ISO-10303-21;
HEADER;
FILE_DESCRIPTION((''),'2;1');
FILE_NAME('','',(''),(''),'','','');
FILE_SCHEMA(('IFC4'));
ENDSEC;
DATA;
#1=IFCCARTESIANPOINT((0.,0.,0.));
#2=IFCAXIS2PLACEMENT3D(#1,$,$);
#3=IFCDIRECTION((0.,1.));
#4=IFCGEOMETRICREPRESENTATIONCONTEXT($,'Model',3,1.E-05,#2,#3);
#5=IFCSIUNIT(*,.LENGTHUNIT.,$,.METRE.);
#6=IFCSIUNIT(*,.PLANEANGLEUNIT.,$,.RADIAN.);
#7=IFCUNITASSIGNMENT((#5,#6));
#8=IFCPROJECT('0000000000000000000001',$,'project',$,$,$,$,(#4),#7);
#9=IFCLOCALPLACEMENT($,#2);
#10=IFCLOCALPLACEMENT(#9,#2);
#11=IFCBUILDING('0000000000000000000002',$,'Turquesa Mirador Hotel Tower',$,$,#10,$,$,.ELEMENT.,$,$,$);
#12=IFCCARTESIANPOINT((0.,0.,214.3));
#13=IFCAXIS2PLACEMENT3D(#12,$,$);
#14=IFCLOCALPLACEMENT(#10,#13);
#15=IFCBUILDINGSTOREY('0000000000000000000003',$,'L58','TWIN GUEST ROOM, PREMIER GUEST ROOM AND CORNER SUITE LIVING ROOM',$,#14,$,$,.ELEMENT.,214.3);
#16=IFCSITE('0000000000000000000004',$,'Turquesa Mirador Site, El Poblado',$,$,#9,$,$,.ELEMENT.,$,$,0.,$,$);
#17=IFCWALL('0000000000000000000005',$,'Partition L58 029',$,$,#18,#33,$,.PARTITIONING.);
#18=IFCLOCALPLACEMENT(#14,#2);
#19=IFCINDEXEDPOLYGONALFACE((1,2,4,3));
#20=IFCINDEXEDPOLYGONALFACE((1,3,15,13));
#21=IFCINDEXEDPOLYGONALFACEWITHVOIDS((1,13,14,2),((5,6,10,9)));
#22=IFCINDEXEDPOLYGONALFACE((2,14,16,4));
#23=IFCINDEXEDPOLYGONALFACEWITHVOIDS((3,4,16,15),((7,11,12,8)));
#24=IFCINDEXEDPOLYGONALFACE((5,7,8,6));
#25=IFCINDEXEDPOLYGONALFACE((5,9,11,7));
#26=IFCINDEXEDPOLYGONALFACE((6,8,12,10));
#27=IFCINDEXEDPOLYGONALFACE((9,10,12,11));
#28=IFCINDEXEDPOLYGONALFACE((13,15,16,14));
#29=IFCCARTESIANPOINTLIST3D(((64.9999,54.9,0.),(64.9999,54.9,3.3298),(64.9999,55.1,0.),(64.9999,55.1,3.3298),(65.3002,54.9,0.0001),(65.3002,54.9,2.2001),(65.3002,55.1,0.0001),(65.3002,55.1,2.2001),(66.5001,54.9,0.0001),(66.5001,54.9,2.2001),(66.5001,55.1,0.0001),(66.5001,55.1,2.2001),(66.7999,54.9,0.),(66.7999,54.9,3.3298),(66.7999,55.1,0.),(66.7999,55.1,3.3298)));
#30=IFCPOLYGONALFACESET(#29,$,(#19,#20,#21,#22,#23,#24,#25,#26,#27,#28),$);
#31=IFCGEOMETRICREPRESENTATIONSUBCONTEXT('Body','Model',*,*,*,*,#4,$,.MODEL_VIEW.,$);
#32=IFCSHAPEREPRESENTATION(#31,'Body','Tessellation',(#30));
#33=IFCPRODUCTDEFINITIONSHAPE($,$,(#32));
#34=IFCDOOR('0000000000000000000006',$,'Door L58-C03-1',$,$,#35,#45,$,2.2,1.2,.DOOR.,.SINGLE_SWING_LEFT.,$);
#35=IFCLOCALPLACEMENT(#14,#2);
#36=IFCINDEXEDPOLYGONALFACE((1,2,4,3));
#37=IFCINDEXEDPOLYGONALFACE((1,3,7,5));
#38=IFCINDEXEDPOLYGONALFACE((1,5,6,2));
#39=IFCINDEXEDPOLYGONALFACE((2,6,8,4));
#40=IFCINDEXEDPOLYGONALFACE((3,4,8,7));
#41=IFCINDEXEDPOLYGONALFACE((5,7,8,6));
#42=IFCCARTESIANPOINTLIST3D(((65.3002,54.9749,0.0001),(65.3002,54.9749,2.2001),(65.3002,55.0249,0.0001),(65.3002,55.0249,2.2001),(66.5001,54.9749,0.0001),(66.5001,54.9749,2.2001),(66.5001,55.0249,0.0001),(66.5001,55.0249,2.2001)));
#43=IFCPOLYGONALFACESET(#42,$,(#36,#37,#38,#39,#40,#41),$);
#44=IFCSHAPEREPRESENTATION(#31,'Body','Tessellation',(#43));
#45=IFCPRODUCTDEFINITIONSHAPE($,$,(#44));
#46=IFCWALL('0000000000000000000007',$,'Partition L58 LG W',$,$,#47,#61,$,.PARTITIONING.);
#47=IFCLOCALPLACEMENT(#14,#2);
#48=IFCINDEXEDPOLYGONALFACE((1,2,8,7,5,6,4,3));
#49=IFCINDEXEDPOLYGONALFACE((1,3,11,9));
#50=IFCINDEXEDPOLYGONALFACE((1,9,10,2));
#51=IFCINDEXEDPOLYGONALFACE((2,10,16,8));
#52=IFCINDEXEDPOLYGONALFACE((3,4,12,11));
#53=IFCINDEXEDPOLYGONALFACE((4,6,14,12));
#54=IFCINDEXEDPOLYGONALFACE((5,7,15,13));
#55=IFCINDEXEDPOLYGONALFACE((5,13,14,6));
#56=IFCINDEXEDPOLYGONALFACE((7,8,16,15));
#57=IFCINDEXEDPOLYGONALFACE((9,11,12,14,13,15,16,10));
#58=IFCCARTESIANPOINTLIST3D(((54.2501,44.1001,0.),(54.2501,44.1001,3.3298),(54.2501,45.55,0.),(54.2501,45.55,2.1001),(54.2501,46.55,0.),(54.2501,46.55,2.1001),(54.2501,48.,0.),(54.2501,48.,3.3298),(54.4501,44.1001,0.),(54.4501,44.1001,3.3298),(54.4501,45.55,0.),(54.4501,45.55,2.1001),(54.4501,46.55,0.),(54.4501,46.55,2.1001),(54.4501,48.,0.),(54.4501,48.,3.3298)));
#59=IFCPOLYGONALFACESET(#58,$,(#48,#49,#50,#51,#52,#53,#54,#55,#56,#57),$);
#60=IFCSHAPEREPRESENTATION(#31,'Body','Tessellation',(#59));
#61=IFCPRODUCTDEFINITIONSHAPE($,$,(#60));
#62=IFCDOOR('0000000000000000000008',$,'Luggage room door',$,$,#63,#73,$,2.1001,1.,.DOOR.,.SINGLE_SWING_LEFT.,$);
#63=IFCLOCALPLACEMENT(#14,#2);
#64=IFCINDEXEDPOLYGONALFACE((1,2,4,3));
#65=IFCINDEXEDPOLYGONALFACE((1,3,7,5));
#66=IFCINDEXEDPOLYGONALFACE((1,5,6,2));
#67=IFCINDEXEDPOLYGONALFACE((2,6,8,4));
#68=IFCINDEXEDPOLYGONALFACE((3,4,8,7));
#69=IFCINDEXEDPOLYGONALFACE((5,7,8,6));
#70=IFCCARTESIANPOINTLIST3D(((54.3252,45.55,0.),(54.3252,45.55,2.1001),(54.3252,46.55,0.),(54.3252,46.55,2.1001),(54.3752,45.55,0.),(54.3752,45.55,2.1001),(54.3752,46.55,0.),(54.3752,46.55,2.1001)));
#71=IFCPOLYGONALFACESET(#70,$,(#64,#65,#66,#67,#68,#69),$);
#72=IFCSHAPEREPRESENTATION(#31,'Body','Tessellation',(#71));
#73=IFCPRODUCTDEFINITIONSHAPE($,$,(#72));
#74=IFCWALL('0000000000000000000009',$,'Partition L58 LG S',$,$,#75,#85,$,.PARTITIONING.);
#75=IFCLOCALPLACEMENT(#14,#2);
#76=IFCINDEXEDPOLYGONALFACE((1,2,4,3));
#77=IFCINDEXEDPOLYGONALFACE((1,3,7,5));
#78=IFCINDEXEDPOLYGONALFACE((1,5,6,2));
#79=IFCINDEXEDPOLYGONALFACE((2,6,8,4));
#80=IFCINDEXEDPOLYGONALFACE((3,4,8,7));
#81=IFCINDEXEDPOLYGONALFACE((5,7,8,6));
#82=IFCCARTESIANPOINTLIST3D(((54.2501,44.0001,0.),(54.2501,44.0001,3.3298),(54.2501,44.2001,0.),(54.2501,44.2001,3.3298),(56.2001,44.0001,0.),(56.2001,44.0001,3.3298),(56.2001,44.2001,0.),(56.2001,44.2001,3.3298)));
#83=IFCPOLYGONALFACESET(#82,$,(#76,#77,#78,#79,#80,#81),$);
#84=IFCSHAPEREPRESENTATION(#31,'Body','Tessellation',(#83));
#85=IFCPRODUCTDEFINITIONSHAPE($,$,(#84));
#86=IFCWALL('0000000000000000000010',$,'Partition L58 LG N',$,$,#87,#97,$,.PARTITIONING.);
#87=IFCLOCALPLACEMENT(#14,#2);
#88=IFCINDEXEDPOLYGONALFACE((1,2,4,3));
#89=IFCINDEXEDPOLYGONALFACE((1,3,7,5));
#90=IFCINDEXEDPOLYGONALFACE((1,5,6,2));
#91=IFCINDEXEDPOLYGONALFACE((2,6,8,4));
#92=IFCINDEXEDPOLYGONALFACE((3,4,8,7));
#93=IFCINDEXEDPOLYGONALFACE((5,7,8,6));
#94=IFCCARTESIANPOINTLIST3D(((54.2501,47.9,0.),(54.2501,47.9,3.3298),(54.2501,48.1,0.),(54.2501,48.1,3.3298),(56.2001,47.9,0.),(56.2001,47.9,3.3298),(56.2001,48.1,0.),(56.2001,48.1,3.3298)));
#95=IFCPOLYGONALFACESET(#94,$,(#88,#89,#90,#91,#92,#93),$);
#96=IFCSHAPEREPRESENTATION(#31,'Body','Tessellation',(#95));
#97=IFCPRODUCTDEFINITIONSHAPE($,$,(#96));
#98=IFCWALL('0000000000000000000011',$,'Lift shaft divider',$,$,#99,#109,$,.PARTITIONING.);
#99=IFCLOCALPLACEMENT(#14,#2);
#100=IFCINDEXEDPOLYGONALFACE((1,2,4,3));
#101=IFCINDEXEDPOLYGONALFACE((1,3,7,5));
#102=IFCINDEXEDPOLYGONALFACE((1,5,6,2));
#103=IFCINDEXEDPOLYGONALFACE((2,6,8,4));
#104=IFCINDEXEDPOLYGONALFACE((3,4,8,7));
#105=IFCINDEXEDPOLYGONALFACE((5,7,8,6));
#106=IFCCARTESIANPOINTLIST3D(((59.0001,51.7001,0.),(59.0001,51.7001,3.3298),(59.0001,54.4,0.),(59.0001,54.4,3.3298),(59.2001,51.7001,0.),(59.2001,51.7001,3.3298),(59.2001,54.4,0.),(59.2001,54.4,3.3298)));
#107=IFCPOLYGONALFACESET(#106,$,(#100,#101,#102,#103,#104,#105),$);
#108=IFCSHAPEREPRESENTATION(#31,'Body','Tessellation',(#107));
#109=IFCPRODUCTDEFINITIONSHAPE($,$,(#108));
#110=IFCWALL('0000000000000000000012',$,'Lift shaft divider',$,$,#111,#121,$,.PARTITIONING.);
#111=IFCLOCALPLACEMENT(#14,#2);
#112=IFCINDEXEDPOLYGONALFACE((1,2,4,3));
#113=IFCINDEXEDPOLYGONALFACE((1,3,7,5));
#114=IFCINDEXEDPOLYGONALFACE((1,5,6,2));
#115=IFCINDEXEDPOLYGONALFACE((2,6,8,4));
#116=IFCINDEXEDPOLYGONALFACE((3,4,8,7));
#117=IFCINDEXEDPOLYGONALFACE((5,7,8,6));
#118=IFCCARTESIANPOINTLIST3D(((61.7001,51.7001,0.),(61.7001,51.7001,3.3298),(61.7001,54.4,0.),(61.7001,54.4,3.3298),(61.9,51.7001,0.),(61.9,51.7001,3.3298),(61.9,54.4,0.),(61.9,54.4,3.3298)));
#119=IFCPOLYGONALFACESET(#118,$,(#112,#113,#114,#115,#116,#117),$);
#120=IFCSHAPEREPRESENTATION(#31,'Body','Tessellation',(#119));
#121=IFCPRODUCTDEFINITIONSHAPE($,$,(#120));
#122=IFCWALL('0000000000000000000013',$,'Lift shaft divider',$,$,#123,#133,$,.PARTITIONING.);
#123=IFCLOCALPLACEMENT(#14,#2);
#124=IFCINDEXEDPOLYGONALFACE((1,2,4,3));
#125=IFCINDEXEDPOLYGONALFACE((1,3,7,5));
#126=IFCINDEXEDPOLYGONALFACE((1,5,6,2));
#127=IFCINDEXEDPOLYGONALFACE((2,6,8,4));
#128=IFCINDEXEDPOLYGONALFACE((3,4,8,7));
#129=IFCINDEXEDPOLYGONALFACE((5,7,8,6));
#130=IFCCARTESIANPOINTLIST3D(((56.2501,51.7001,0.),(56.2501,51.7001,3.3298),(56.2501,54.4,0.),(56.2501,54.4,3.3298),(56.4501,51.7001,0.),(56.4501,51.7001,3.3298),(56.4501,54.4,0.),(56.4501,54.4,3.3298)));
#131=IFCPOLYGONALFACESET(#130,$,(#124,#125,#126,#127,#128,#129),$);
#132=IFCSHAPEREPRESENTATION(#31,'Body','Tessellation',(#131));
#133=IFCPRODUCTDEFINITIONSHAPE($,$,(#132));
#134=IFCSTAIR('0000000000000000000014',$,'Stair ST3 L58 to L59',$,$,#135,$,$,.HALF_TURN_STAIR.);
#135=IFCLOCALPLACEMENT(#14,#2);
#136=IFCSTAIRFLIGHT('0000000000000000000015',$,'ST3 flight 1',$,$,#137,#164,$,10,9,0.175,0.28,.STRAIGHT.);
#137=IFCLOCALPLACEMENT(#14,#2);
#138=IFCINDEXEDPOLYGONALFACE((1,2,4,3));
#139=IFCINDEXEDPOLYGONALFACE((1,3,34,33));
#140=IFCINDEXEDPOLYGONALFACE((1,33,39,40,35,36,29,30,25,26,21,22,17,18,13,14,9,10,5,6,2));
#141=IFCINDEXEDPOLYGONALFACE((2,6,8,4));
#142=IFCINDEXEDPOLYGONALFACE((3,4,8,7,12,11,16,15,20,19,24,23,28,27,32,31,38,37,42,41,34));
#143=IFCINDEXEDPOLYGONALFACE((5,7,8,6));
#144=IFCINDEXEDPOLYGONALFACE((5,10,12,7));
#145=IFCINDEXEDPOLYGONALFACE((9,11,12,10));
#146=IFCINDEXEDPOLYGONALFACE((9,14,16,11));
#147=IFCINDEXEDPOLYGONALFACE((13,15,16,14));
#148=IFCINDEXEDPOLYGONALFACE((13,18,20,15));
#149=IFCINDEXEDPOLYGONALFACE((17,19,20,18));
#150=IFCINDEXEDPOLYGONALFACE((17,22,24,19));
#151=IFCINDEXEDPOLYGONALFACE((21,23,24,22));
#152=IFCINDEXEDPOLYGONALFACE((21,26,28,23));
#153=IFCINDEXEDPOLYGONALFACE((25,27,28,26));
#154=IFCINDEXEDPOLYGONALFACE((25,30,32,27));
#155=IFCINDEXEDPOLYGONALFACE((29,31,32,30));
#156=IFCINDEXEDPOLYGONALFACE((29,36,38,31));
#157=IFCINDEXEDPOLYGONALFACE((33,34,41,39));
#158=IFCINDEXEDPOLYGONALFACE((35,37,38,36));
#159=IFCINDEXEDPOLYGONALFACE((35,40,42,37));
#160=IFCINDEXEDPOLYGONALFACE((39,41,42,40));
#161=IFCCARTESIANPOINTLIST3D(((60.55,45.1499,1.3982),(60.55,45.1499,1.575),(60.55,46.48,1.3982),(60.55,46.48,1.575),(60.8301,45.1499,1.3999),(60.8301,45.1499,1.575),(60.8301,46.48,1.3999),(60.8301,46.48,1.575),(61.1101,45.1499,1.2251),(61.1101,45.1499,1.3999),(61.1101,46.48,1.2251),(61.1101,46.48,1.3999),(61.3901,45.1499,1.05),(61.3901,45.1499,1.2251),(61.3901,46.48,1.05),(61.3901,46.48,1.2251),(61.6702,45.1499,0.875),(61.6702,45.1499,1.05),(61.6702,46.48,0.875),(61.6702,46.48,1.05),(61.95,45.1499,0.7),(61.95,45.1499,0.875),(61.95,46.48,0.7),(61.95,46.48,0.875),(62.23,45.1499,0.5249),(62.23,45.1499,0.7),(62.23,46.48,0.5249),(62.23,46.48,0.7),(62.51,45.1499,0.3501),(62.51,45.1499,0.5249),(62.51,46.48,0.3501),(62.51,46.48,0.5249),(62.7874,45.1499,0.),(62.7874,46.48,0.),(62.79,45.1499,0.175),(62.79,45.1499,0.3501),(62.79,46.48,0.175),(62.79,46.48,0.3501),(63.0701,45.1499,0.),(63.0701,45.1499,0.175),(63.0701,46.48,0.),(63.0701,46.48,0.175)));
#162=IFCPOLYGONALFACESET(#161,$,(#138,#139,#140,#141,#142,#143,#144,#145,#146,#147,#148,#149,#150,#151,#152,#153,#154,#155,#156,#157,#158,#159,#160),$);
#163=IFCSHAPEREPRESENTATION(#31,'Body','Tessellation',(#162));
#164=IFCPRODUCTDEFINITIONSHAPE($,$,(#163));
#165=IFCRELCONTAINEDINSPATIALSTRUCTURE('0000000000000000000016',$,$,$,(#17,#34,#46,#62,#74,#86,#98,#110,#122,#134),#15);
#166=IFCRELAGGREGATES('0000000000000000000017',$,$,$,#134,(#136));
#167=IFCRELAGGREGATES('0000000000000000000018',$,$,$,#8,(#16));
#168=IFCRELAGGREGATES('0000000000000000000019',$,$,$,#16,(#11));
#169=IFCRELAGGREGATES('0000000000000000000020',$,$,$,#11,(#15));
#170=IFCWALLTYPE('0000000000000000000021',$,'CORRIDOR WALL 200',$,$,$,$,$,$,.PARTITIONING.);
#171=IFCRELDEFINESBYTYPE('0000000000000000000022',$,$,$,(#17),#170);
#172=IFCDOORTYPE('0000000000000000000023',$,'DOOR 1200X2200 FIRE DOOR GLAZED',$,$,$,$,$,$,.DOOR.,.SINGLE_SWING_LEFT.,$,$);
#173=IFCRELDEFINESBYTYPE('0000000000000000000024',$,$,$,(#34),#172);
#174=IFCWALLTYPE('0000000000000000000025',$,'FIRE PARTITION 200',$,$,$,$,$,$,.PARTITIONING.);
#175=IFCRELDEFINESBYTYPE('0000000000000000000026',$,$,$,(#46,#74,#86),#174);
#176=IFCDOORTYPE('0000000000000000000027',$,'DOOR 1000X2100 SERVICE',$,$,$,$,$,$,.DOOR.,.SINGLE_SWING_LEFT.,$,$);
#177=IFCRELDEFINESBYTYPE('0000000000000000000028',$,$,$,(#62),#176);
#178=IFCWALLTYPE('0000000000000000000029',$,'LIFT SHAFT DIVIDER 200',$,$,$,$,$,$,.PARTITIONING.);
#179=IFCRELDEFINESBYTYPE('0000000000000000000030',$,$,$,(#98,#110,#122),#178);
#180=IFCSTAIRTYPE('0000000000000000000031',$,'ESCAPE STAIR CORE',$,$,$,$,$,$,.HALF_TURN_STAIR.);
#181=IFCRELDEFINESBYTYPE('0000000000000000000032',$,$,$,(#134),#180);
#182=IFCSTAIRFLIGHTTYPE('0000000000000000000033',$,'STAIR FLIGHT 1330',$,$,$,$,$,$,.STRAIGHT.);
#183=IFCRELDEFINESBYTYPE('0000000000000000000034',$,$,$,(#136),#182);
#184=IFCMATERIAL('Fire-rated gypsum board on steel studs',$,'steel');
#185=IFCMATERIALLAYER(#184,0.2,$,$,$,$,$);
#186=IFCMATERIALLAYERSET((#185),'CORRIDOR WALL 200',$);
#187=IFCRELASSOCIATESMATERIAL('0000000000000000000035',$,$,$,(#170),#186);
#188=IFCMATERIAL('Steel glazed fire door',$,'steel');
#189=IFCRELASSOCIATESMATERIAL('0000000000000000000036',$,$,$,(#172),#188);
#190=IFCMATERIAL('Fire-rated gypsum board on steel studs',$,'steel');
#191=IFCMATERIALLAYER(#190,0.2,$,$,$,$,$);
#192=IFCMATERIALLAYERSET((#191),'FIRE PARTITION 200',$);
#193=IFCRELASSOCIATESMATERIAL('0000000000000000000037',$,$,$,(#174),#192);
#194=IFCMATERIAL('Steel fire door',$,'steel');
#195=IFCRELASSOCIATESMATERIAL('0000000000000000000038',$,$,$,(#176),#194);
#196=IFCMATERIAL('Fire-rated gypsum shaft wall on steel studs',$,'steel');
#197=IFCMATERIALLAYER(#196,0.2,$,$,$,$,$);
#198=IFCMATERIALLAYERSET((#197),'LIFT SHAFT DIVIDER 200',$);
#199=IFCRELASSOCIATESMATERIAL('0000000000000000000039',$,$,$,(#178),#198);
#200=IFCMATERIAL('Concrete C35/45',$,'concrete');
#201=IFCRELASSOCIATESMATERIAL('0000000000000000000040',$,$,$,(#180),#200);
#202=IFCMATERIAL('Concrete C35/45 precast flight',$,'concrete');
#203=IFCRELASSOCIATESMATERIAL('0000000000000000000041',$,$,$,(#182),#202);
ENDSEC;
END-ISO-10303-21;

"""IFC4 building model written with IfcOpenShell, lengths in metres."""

from ifc_helpers import new_model, si_unit, direction, frame, frame_2d, origin, place, context, subcontext, project, spatial, polyline, rectangle, outline, extrude, material, layer, layer_set, type_object, element, fill, aggregate, save


model = new_model("IFC4")

# Units and contexts
model_context = context("Model", 3, precision=1e-05, world=origin(), true_north=direction((0.0, 1.0)))
body_context = subcontext(model_context, "Body", "Model", "MODEL_VIEW")
ifc_project = project(units=[si_unit("LENGTHUNIT", "METRE"), si_unit("PLANEANGLEUNIT", "RADIAN")], contexts=[model_context])

# Site, building, storey
site_placement = place(None, origin())
site = spatial("IfcSite", under=ifc_project, at=site_placement, Name="Turquesa Mirador Site, El Poblado", CompositionType="ELEMENT", RefElevation=0.0)
building_placement = place(site_placement, origin())
building = spatial("IfcBuilding", under=site, at=building_placement, Name="Turquesa Mirador Hotel Tower", CompositionType="ELEMENT")
storey_placement = place(building_placement, frame((0.0, 0.0, 214.3)))
storey = spatial("IfcBuildingStorey", under=building, at=storey_placement, Name="L58", Description="TWIN GUEST ROOM, PREMIER GUEST ROOM AND CORNER SUITE LIVING ROOM", CompositionType="ELEMENT", Elevation=214.3)

# Walls, openings, doors
ifc_material_1 = material(Name="Fire-rated gypsum board on steel studs", Category="steel")
ifc_layer_1 = layer(ifc_material_1, 0.2)
ifc_layer_set_1 = layer_set([ifc_layer_1], Name="CORRIDOR WALL 200")
wall_type_1 = type_object("IfcWallType", Name="CORRIDOR WALL 200", PredefinedType="PARTITIONING", material=ifc_layer_set_1)
wall_1_placement = place(storey_placement, frame((65.0, 55.0, 0.0), z_axis=(0.0, 0.0, 1.0), x_axis=(1.0, 0.0, 0.0)))
wall_1 = element("IfcWall", 1, at=wall_1_placement, inside=storey, type_object=wall_type_1, Name="Partition L58 029", PredefinedType="PARTITIONING", context=body_context, shape_type="SweptSolid", body=[
    extrude(rectangle(XDim=1.8, YDim=0.2, at=frame_2d((0.8999, 0.0))), origin(), (0.0, 0.0, 1.0), 3.3298),
])
opening_1_placement = place(wall_1_placement, frame((0.3, 0.0, 0.0)))
opening_1 = element("IfcOpeningElement", 2, at=opening_1_placement, cuts=wall_1, PredefinedType="OPENING", context=body_context, shape_type="SweptSolid", body=[
    extrude(rectangle(XDim=1.2, YDim=2.2, at=frame_2d((0.6001, 1.1001))), frame((0.0, 0.1099, 0.0), z_axis=(0.0, -1.0, 0.0), x_axis=(1.0, 0.0, 0.0)), (0.0, 0.0, 1.0), 0.22),
])
ifc_material_2 = material(Name="Steel glazed fire door", Category="steel")
door_type_1 = type_object("IfcDoorType", Name="DOOR 1200X2200 FIRE DOOR GLAZED", OperationType="SINGLE_SWING_LEFT", PredefinedType="DOOR", material=ifc_material_2)
door_1_placement = place(opening_1_placement, origin())
door_1 = element("IfcDoor", 3, at=door_1_placement, inside=storey, type_object=door_type_1, Name="Door L58-C03-1", OperationType="SINGLE_SWING_LEFT", OverallHeight=2.2, OverallWidth=1.2, PredefinedType="DOOR", context=body_context, shape_type="SweptSolid", body=[
    extrude(rectangle(XDim=1.2, YDim=2.2, at=frame_2d((0.6001, 1.1001))), frame((0.0, 0.0249, 0.0), z_axis=(0.0, -1.0, 0.0), x_axis=(1.0, 0.0, 0.0)), (0.0, 0.0, 1.0), 0.05),
])
fill(opening_1, door_1)
ifc_material_3 = material(Name="Fire-rated gypsum board on steel studs", Category="steel")
ifc_layer_2 = layer(ifc_material_3, 0.2)
ifc_layer_set_2 = layer_set([ifc_layer_2], Name="FIRE PARTITION 200")
wall_type_2 = type_object("IfcWallType", Name="FIRE PARTITION 200", PredefinedType="PARTITIONING", material=ifc_layer_set_2)
wall_2_placement = place(storey_placement, frame((54.3501, 44.1001, 0.0), z_axis=(0.0, 0.0, 1.0), x_axis=(0.0, 1.0, 0.0)))
wall_2 = element("IfcWall", 4, at=wall_2_placement, inside=storey, type_object=wall_type_2, Name="Partition L58 LG W", PredefinedType="PARTITIONING", context=body_context, shape_type="SweptSolid", body=[
    extrude(rectangle(XDim=3.8999, YDim=0.2, at=frame_2d((1.95, 0.0))), origin(), (0.0, 0.0, 1.0), 3.3298),
])
opening_2_placement = place(wall_2_placement, frame((1.45, 0.0, 0.0)))
opening_2 = element("IfcOpeningElement", 5, at=opening_2_placement, cuts=wall_2, PredefinedType="OPENING", context=body_context, shape_type="SweptSolid", body=[
    extrude(rectangle(XDim=1.0, YDim=2.1001, at=frame_2d((0.5, 1.05))), frame((0.0, 0.1099, 0.0), z_axis=(0.0, -1.0, 0.0), x_axis=(1.0, 0.0, 0.0)), (0.0, 0.0, 1.0), 0.22),
])
ifc_material_4 = material(Name="Steel fire door", Category="steel")
door_type_2 = type_object("IfcDoorType", Name="DOOR 1000X2100 SERVICE", OperationType="SINGLE_SWING_LEFT", PredefinedType="DOOR", material=ifc_material_4)
door_2_placement = place(opening_2_placement, origin())
door_2 = element("IfcDoor", 6, at=door_2_placement, inside=storey, type_object=door_type_2, Name="Luggage room door", OperationType="SINGLE_SWING_LEFT", OverallHeight=2.1001, OverallWidth=1.0, PredefinedType="DOOR", context=body_context, shape_type="SweptSolid", body=[
    extrude(rectangle(XDim=1.0, YDim=2.1001, at=frame_2d((0.5, 1.05))), frame((0.0, 0.0249, 0.0), z_axis=(0.0, -1.0, 0.0), x_axis=(1.0, 0.0, 0.0)), (0.0, 0.0, 1.0), 0.05),
])
fill(opening_2, door_2)

# Walls
for number, where, z_axis, x_axis, name in (
    (7, (54.25, 44.1001, 0.0), (0.0, 0.0, 1.0), (1.0, 0.0, 0.0), "Partition L58 LG S"),
    (8, (54.25, 48.0, 0.0), (0.0, 0.0, 1.0), (1.0, 0.0, 0.0), "Partition L58 LG N"),
):
    element("IfcWall", number, at=place(storey_placement, frame(where, z_axis=z_axis, x_axis=x_axis)), inside=storey, type_object=wall_type_2, Name=name, PredefinedType="PARTITIONING", context=body_context, shape_type="SweptSolid", body=[
        extrude(rectangle(XDim=1.95, YDim=0.2, at=frame_2d((0.9751, 0.0))), origin(), (0.0, 0.0, 1.0), 3.3298),
    ])
ifc_material_5 = material(Name="Fire-rated gypsum shaft wall on steel studs", Category="steel")
ifc_layer_3 = layer(ifc_material_5, 0.2)
ifc_layer_set_3 = layer_set([ifc_layer_3], Name="LIFT SHAFT DIVIDER 200")
wall_type_3 = type_object("IfcWallType", Name="LIFT SHAFT DIVIDER 200", PredefinedType="PARTITIONING", material=ifc_layer_set_3)
for number, where, z_axis, x_axis, name in (
    (9, (59.1001, 51.7, 0.0), (0.0, 0.0, 1.0), (0.0, 1.0, 0.0), "Lift shaft divider"),
    (10, (61.8, 51.7, 0.0), (0.0, 0.0, 1.0), (0.0, 1.0, 0.0), "Lift shaft divider"),
    (11, (56.3501, 51.7, 0.0), (0.0, 0.0, 1.0), (0.0, 1.0, 0.0), "Lift shaft divider"),
):
    element("IfcWall", number, at=place(storey_placement, frame(where, z_axis=z_axis, x_axis=x_axis)), inside=storey, type_object=wall_type_3, Name=name, PredefinedType="PARTITIONING", context=body_context, shape_type="SweptSolid", body=[
        extrude(rectangle(XDim=2.7, YDim=0.2, at=frame_2d((1.3501, 0.0))), origin(), (0.0, 0.0, 1.0), 3.3298),
    ])

# Stair, stair flight
ifc_material_6 = material(Name="Concrete C35/45", Category="concrete")
stair_type = type_object("IfcStairType", Name="ESCAPE STAIR CORE", PredefinedType="HALF_TURN_STAIR", material=ifc_material_6)
stair_placement = place(storey_placement, origin())
stair = element("IfcStair", 12, at=stair_placement, inside=storey, type_object=stair_type, Name="Stair ST3 L58 to L59", PredefinedType="HALF_TURN_STAIR")
ifc_material_7 = material(Name="Concrete C35/45 precast flight", Category="concrete")
stair_flight_type = type_object("IfcStairFlightType", Name="STAIR FLIGHT 1330", PredefinedType="STRAIGHT", material=ifc_material_7)
stair_flight_1_placement = place(storey_placement, frame((63.0701, 45.8149, 0.0), z_axis=(0.0, 0.0, 1.0), x_axis=(-1.0, 0.0, 0.0)))
stair_flight_1 = element("IfcStairFlight", 13, at=stair_flight_1_placement, type_object=stair_flight_type, Name="ST3 flight 1", NumberOfRisers=10, NumberOfTreads=9, PredefinedType="STRAIGHT", RiserHeight=0.175, TreadLength=0.28, context=body_context, shape_type="SweptSolid", body=[
    extrude(outline(polyline([(0.0, 0.0), (0.0, 0.175), (0.28, 0.175), (0.28, 0.3501), (0.5601, 0.3501), (0.5601, 0.5249), (0.8401, 0.5249), (0.8401, 0.7), (1.1201, 0.7), (1.1201, 0.875), (1.3999, 0.875), (1.3999, 1.05), (1.6799, 1.05), (1.6799, 1.2251), (1.96, 1.2251), (1.96, 1.3999), (2.24, 1.3999), (2.24, 1.575), (2.52, 1.575), (2.52, 1.75), (2.52, 1.3982), (0.2827, 0.0), (0.0, 0.0)])), frame((0.0, 0.665, 0.0), z_axis=(0.0, -1.0, 0.0), x_axis=(1.0, 0.0, 0.0)), (0.0, 0.0, 1.0), 1.3301),
])
aggregate(stair, [stair_flight_1])

save(model, "model.ifc")
